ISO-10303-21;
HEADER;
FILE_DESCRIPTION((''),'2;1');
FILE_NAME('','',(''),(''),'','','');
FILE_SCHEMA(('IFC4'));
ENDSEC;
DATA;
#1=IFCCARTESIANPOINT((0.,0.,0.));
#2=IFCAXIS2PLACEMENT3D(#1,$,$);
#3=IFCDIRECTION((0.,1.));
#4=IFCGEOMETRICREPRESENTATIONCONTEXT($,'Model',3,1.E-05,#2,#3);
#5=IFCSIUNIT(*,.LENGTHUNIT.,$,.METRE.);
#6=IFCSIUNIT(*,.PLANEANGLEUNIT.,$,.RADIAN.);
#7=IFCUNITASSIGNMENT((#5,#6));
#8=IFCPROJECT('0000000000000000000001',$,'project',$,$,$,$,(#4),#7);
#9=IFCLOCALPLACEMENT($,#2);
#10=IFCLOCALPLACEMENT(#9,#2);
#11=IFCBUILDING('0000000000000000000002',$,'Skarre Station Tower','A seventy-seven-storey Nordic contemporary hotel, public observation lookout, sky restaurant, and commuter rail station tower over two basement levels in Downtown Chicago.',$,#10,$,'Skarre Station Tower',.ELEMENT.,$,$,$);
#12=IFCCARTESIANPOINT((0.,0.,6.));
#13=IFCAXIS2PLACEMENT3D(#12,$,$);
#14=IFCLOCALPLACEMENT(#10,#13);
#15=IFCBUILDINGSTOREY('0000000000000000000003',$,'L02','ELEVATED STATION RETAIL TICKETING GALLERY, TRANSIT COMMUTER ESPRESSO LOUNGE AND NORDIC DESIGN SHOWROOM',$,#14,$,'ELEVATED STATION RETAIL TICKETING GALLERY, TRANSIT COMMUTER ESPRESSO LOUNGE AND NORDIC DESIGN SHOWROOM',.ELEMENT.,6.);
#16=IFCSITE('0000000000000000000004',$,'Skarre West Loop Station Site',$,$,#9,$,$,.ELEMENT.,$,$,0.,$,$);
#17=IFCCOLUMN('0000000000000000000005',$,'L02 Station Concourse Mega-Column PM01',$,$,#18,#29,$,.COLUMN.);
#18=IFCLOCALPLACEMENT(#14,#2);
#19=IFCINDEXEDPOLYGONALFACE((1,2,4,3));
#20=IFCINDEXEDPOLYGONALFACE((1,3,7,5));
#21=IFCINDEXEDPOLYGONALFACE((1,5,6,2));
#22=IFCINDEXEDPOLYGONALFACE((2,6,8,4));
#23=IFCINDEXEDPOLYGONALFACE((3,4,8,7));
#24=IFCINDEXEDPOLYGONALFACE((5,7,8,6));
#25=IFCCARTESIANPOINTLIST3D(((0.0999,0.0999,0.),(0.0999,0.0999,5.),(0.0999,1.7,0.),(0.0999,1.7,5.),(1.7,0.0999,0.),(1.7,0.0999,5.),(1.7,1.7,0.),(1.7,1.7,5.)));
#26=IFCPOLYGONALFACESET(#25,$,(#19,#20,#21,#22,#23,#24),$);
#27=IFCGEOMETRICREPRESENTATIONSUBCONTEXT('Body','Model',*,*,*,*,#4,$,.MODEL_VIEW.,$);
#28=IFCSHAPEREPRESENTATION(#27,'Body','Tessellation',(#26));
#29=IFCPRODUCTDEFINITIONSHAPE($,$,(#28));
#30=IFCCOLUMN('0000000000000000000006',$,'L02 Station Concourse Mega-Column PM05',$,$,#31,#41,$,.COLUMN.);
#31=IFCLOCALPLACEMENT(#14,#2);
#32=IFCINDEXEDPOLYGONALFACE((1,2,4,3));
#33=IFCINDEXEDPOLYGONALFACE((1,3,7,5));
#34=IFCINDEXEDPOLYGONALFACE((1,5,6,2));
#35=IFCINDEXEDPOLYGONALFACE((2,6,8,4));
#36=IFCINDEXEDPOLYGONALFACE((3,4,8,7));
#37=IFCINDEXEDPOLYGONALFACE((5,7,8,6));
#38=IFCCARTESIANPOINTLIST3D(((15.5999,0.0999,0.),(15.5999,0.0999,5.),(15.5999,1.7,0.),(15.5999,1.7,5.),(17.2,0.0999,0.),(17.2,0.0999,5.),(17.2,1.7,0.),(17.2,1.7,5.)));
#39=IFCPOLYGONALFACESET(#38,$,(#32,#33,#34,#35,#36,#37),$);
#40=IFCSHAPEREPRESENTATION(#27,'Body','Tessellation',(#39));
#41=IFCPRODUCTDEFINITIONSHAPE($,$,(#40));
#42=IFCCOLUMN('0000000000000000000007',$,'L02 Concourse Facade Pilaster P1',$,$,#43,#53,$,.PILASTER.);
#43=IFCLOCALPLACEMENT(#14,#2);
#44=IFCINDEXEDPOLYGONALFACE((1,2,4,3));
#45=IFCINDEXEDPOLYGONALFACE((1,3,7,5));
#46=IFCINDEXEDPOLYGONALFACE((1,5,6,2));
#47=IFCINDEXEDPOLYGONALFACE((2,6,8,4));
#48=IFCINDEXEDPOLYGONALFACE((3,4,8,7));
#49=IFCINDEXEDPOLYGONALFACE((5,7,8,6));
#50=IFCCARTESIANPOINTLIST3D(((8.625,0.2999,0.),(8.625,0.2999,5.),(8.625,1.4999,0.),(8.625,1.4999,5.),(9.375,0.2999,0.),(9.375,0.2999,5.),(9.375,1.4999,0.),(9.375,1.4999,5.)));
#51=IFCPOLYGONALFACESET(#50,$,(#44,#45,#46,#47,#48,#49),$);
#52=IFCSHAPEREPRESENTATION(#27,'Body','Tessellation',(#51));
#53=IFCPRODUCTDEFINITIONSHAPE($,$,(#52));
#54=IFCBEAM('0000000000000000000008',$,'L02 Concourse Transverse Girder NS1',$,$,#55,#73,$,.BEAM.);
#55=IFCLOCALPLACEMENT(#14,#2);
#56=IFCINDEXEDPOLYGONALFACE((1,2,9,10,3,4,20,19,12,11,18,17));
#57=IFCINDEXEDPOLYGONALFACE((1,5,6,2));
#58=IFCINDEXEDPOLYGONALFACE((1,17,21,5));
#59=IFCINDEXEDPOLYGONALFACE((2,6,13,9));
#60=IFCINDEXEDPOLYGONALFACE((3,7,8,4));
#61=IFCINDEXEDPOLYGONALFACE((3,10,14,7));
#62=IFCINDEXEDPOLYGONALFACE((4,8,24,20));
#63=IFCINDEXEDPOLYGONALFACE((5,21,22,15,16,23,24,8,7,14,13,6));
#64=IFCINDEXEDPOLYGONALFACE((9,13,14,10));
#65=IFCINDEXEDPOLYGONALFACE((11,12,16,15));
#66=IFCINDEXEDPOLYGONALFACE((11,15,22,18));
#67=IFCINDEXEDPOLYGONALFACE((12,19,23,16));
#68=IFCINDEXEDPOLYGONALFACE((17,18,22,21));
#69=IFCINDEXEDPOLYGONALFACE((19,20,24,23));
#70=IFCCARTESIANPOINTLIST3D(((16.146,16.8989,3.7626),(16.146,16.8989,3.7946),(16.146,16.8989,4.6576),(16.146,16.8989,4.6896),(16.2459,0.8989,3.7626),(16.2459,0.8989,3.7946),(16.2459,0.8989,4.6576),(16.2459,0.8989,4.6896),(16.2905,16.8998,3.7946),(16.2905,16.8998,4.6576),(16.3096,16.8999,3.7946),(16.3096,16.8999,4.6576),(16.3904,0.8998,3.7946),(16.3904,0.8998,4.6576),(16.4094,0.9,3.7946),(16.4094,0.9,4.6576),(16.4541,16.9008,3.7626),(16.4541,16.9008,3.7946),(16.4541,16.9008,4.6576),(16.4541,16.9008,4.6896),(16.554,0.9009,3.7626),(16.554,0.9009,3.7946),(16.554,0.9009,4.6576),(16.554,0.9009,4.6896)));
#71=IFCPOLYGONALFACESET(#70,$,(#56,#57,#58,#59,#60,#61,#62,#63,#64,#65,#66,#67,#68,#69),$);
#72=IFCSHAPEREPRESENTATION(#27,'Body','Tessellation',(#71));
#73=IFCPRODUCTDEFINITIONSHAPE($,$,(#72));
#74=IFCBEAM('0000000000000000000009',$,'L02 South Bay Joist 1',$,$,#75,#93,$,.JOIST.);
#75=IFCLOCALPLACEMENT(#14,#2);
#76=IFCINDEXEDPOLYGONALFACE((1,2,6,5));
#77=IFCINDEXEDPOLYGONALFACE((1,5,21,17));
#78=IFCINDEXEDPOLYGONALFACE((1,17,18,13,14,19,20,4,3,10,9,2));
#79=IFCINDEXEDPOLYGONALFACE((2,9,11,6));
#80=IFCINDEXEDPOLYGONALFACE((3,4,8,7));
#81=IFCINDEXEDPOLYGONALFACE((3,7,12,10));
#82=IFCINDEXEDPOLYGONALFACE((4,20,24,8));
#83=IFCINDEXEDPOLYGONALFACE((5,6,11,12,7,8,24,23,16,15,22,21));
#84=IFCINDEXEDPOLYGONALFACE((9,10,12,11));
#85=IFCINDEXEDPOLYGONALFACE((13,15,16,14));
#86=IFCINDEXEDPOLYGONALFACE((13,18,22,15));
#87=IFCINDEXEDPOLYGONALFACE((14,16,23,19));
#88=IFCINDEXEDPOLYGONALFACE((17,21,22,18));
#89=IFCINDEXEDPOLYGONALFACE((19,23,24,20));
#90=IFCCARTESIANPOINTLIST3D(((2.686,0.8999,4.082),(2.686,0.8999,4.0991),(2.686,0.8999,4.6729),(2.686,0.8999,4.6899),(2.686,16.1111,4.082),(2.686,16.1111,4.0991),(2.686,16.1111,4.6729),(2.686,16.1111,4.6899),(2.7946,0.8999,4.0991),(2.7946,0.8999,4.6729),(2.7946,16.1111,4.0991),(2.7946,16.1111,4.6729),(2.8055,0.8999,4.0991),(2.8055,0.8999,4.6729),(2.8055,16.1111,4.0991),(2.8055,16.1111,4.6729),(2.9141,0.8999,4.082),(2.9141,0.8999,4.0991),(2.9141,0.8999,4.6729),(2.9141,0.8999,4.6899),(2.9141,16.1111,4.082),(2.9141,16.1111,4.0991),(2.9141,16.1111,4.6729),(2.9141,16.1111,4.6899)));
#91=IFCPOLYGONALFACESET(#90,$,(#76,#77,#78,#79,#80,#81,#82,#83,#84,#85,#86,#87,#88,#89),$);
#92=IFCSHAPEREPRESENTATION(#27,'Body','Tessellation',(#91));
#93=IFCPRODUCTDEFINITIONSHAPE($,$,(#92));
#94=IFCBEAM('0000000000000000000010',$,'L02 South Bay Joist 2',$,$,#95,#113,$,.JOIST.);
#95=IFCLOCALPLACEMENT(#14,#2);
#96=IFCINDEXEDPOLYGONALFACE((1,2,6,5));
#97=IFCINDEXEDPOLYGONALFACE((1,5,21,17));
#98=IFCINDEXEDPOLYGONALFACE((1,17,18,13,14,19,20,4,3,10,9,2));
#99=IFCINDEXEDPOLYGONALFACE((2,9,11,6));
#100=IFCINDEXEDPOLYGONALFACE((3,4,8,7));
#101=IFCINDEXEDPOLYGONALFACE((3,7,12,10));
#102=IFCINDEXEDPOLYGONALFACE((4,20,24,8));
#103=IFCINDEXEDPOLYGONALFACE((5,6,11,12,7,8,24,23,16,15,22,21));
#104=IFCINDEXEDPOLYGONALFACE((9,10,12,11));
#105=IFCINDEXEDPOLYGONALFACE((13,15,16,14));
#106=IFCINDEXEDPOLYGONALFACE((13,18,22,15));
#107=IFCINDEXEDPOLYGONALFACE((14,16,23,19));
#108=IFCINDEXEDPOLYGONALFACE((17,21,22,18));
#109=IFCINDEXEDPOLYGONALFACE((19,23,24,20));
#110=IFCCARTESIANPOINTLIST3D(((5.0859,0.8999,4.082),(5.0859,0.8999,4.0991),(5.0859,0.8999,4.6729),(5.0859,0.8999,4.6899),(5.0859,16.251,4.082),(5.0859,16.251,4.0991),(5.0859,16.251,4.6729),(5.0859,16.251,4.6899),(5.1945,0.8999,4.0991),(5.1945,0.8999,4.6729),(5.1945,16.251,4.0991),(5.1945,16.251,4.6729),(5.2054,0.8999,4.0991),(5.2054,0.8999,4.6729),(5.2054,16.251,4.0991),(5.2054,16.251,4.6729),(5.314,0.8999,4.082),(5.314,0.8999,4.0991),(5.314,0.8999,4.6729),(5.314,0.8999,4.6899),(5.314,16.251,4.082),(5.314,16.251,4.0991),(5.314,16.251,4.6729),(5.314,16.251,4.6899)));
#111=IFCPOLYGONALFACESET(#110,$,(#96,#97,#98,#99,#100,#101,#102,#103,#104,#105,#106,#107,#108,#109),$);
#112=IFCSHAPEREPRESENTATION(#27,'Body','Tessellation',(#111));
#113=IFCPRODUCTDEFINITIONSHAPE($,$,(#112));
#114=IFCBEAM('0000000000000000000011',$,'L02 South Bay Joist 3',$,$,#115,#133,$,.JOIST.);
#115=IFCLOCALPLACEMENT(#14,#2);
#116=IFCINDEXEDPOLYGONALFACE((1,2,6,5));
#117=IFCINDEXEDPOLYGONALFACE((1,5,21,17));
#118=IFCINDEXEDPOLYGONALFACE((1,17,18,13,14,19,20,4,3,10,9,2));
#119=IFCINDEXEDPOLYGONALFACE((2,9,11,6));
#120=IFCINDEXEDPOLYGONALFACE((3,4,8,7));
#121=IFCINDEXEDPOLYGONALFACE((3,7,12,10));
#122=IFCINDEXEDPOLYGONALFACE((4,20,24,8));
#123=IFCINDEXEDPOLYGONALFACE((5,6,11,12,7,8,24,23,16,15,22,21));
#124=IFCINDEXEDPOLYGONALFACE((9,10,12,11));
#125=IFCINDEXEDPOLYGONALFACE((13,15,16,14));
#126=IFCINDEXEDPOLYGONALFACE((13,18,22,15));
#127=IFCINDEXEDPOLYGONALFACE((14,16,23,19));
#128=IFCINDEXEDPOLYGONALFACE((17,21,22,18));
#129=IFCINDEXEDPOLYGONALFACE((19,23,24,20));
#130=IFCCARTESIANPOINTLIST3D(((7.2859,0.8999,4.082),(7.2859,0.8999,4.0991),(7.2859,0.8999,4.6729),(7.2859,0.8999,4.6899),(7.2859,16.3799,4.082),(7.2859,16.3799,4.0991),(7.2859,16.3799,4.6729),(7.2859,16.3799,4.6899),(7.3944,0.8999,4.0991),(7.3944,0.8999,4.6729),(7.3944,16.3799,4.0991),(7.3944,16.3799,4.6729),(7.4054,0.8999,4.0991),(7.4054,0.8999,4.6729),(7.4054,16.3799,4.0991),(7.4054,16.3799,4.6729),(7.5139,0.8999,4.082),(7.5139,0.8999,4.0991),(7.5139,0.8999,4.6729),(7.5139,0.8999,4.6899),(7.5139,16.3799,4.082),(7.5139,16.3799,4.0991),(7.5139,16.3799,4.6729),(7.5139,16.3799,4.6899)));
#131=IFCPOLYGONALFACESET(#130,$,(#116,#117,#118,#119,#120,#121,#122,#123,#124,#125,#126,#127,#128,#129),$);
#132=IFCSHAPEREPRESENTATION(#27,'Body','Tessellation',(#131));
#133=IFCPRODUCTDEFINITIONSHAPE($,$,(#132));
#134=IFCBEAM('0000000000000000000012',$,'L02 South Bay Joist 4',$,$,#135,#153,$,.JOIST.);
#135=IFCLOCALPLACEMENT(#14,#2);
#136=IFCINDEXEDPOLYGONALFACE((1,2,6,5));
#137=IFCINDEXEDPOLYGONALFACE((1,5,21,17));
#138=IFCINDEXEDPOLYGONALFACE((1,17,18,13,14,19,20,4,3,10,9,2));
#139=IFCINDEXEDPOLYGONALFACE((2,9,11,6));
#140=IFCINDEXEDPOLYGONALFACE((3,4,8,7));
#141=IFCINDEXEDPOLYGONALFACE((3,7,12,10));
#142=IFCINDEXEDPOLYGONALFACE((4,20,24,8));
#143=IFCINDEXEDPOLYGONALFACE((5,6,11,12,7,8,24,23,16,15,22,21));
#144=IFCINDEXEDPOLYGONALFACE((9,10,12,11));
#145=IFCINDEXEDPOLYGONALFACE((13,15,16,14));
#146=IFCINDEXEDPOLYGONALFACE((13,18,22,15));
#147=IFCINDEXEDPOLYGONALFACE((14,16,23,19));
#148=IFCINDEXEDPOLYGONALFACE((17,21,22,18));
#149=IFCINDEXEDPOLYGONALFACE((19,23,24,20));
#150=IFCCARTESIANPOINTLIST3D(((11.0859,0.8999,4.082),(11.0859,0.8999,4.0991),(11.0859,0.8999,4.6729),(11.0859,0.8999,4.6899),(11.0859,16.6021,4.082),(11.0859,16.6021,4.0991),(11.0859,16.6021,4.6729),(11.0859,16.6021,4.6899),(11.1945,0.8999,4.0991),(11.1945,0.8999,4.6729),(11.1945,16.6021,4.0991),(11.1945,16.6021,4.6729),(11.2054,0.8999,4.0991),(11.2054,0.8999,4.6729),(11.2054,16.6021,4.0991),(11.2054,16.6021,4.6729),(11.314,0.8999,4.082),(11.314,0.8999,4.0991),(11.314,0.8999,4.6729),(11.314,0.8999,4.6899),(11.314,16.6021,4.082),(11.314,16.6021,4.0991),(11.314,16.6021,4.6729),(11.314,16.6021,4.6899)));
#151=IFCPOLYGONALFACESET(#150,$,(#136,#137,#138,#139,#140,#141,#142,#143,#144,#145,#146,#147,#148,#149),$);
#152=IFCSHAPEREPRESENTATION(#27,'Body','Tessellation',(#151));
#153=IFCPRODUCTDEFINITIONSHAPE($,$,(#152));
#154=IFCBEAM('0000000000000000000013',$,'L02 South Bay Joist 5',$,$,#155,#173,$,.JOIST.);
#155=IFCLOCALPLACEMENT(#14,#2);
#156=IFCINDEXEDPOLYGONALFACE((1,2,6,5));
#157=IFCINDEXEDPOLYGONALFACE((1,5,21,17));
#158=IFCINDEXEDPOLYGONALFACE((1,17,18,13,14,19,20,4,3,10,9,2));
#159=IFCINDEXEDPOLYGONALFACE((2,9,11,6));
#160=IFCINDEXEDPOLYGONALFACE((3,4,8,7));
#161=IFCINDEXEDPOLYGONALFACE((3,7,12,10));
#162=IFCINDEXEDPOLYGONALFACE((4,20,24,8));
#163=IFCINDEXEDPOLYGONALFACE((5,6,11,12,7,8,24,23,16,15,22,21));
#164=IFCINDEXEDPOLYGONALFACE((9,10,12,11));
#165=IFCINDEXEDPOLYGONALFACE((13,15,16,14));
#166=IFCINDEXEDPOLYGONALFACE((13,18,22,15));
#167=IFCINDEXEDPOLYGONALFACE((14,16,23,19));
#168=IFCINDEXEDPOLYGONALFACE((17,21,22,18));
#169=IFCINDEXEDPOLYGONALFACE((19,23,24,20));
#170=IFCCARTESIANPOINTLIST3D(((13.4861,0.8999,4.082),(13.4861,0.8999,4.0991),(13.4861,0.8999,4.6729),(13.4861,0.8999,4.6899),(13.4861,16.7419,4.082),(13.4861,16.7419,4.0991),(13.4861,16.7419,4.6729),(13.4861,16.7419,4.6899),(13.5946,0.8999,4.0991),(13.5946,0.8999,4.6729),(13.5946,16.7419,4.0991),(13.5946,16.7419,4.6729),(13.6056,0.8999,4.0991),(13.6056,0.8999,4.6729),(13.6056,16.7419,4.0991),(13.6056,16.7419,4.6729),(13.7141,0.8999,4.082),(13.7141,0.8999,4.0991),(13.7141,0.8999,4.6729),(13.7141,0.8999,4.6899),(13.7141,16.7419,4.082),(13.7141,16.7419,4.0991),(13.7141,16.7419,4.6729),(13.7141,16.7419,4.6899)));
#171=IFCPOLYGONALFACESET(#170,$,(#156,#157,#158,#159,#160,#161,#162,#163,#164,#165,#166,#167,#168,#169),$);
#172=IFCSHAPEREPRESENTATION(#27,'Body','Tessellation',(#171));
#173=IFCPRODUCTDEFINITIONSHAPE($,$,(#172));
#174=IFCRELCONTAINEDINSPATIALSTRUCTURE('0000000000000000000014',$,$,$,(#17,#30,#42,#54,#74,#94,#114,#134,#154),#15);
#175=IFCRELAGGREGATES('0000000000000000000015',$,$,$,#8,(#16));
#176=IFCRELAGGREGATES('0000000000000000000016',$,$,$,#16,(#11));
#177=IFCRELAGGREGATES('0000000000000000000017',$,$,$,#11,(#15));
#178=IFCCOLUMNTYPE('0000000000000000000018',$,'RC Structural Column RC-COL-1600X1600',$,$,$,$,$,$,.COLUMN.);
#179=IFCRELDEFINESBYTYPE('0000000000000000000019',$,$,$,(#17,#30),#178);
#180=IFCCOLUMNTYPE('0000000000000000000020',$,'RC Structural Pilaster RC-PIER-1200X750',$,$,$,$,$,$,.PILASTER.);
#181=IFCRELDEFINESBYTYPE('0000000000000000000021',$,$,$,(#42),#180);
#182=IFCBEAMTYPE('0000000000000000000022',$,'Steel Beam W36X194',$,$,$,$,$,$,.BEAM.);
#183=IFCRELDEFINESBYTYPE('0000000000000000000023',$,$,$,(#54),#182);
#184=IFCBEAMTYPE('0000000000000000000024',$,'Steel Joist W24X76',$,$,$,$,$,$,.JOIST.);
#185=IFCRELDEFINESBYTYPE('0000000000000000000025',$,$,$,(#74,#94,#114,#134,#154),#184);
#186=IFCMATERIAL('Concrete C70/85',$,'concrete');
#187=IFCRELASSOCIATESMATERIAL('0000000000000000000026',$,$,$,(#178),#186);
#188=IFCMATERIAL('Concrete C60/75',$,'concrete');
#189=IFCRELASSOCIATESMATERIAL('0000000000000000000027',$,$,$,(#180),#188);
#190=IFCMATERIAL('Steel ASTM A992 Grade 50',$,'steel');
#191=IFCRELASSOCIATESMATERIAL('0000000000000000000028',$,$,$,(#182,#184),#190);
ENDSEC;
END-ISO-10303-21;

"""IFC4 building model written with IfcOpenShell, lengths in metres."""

from ifc_helpers import new_model, si_unit, direction, frame, origin, origin_2d, place, context, subcontext, project, spatial, rectangle, i_section, extrude, material, material_profile, profile_set, type_object, element, save


model = new_model("IFC4")

# Units and contexts
model_context = context("Model", 3, precision=1e-05, world=origin(), true_north=direction((0.0, 1.0)))
body_context = subcontext(model_context, "Body", "Model", "MODEL_VIEW")
ifc_project = project(units=[si_unit("LENGTHUNIT", "METRE"), si_unit("PLANEANGLEUNIT", "RADIAN")], contexts=[model_context])

# Site, building, storey
site_placement = place(None, origin())
site = spatial("IfcSite", under=ifc_project, at=site_placement, Name="Skarre West Loop Station Site", CompositionType="ELEMENT", RefElevation=0.0)
building_placement = place(site_placement, origin())
building = spatial("IfcBuilding", under=site, at=building_placement, Name="Skarre Station Tower", Description="A seventy-seven-storey Nordic contemporary hotel, public observation lookout, sky restaurant, and commuter rail station tower over two basement levels in Downtown Chicago.", LongName="Skarre Station Tower", CompositionType="ELEMENT")
storey_placement = place(building_placement, frame((0.0, 0.0, 6.0)))
storey = spatial("IfcBuildingStorey", under=building, at=storey_placement, Name="L02", Description="ELEVATED STATION RETAIL TICKETING GALLERY, TRANSIT COMMUTER ESPRESSO LOUNGE AND NORDIC DESIGN SHOWROOM", LongName="ELEVATED STATION RETAIL TICKETING GALLERY, TRANSIT COMMUTER ESPRESSO LOUNGE AND NORDIC DESIGN SHOWROOM", CompositionType="ELEMENT", Elevation=6.0)

# Columns
ifc_material_1 = material(Name="Concrete C70/85", Category="concrete")
ifc_material_profile_1 = material_profile(ifc_material_1, rectangle(XDim=1.6001, YDim=1.6001, at=origin_2d()), Name="Concrete C70/85")
ifc_profile_set_1 = profile_set([ifc_material_profile_1], Name="Concrete C70/85")
column_type_1 = type_object("IfcColumnType", Name="RC Structural Column RC-COL-1600X1600", PredefinedType="COLUMN", material=ifc_profile_set_1)
for number, where, z_axis, x_axis, name in (
    (1, (0.8999, 0.8999, 0.0), (0.0, 0.0, 1.0), (1.0, 0.0, 0.0), "L02 Station Concourse Mega-Column PM01"),
    (2, (16.3999, 0.8999, 0.0), (0.0, 0.0, 1.0), (1.0, 0.0, 0.0), "L02 Station Concourse Mega-Column PM05"),
):
    element("IfcColumn", number, at=place(storey_placement, frame(where, z_axis=z_axis, x_axis=x_axis)), inside=storey, type_object=column_type_1, Name=name, PredefinedType="COLUMN", context=body_context, shape_type="SweptSolid", body=[
        extrude(rectangle(XDim=1.6001, YDim=1.6001, at=origin_2d()), origin(), (0.0, 0.0, 1.0), 5.0),
    ])
ifc_material_2 = material(Name="Concrete C60/75", Category="concrete")
ifc_material_profile_2 = material_profile(ifc_material_2, rectangle(XDim=0.75, YDim=1.2, at=origin_2d()), Name="Concrete C60/75")
ifc_profile_set_2 = profile_set([ifc_material_profile_2], Name="Concrete C60/75")
column_type_2 = type_object("IfcColumnType", Name="RC Structural Pilaster RC-PIER-1200X750", PredefinedType="PILASTER", material=ifc_profile_set_2)
column_placement = place(storey_placement, frame((9.0, 0.8999, 0.0), z_axis=(0.0, 0.0, 1.0), x_axis=(1.0, 0.0, 0.0)))
element("IfcColumn", 3, at=column_placement, inside=storey, type_object=column_type_2, Name="L02 Concourse Facade Pilaster P1", PredefinedType="PILASTER", context=body_context, shape_type="SweptSolid", body=[
    extrude(rectangle(XDim=0.75, YDim=1.2, at=origin_2d()), origin(), (0.0, 0.0, 1.0), 5.0),
])

# Beams
ifc_material_3 = material(Name="Steel ASTM A992 Grade 50", Category="steel")
ifc_material_profile_3 = material_profile(ifc_material_3, i_section(OverallWidth=0.3081, OverallDepth=0.927, WebThickness=0.019, FlangeThickness=0.032, at=origin_2d()), Name="Steel ASTM A992 Grade 50")
ifc_profile_set_3 = profile_set([ifc_material_profile_3], Name="Steel ASTM A992 Grade 50")
beam_type_1 = type_object("IfcBeamType", Name="Steel Beam W36X194", PredefinedType="BEAM", material=ifc_profile_set_3)
beam_1_placement = place(storey_placement, frame((16.3999, 0.8999, 4.2261), z_axis=(-0.006241, 0.999981, 0.0), x_axis=(-0.999981, -0.006241, 0.0)))
element("IfcBeam", 4, at=beam_1_placement, inside=storey, type_object=beam_type_1, Name="L02 Concourse Transverse Girder NS1", PredefinedType="BEAM", context=body_context, shape_type="SweptSolid", body=[
    extrude(i_section(OverallWidth=0.3081, OverallDepth=0.927, WebThickness=0.019, FlangeThickness=0.032, at=origin_2d()), origin(), (0.0, 0.0, 1.0), 16.0002),
])
ifc_material_profile_4 = material_profile(ifc_material_3, i_section(OverallWidth=0.228, OverallDepth=0.6079, WebThickness=0.011, FlangeThickness=0.0171, at=origin_2d()), Name="Steel ASTM A992 Grade 50")
ifc_profile_set_4 = profile_set([ifc_material_profile_4], Name="Steel ASTM A992 Grade 50")
beam_type_2 = type_object("IfcBeamType", Name="Steel Joist W24X76", PredefinedType="JOIST", material=ifc_profile_set_4)
beam_2_placement = place(storey_placement, frame((2.8, 0.8999, 4.386), z_axis=(0.0, 1.0, 0.0), x_axis=(-1.0, 0.0, 0.0)))
element("IfcBeam", 5, at=beam_2_placement, inside=storey, type_object=beam_type_2, Name="L02 South Bay Joist 1", PredefinedType="JOIST", context=body_context, shape_type="SweptSolid", body=[
    extrude(i_section(OverallWidth=0.228, OverallDepth=0.6079, WebThickness=0.011, FlangeThickness=0.0171, at=origin_2d()), origin(), (0.0, 0.0, 1.0), 15.2112),
])
beam_3_placement = place(storey_placement, frame((5.2, 0.8999, 4.386), z_axis=(0.0, 1.0, 0.0), x_axis=(-1.0, 0.0, 0.0)))
element("IfcBeam", 6, at=beam_3_placement, inside=storey, type_object=beam_type_2, Name="L02 South Bay Joist 2", PredefinedType="JOIST", context=body_context, shape_type="SweptSolid", body=[
    extrude(i_section(OverallWidth=0.228, OverallDepth=0.6079, WebThickness=0.011, FlangeThickness=0.0171, at=origin_2d()), origin(), (0.0, 0.0, 1.0), 15.3511),
])
beam_4_placement = place(storey_placement, frame((7.3999, 0.8999, 4.386), z_axis=(0.0, 1.0, 0.0), x_axis=(-1.0, 0.0, 0.0)))
element("IfcBeam", 7, at=beam_4_placement, inside=storey, type_object=beam_type_2, Name="L02 South Bay Joist 3", PredefinedType="JOIST", context=body_context, shape_type="SweptSolid", body=[
    extrude(i_section(OverallWidth=0.228, OverallDepth=0.6079, WebThickness=0.011, FlangeThickness=0.0171, at=origin_2d()), origin(), (0.0, 0.0, 1.0), 15.48),
])
beam_5_placement = place(storey_placement, frame((11.2, 0.8999, 4.386), z_axis=(0.0, 1.0, 0.0), x_axis=(-1.0, 0.0, 0.0)))
element("IfcBeam", 8, at=beam_5_placement, inside=storey, type_object=beam_type_2, Name="L02 South Bay Joist 4", PredefinedType="JOIST", context=body_context, shape_type="SweptSolid", body=[
    extrude(i_section(OverallWidth=0.228, OverallDepth=0.6079, WebThickness=0.011, FlangeThickness=0.0171, at=origin_2d()), origin(), (0.0, 0.0, 1.0), 15.7021),
])
beam_6_placement = place(storey_placement, frame((13.6001, 0.8999, 4.386), z_axis=(0.0, 1.0, 0.0), x_axis=(-1.0, 0.0, 0.0)))
element("IfcBeam", 9, at=beam_6_placement, inside=storey, type_object=beam_type_2, Name="L02 South Bay Joist 5", PredefinedType="JOIST", context=body_context, shape_type="SweptSolid", body=[
    extrude(i_section(OverallWidth=0.228, OverallDepth=0.6079, WebThickness=0.011, FlangeThickness=0.0171, at=origin_2d()), origin(), (0.0, 0.0, 1.0), 15.842),
])

save(model, "model.ifc")
